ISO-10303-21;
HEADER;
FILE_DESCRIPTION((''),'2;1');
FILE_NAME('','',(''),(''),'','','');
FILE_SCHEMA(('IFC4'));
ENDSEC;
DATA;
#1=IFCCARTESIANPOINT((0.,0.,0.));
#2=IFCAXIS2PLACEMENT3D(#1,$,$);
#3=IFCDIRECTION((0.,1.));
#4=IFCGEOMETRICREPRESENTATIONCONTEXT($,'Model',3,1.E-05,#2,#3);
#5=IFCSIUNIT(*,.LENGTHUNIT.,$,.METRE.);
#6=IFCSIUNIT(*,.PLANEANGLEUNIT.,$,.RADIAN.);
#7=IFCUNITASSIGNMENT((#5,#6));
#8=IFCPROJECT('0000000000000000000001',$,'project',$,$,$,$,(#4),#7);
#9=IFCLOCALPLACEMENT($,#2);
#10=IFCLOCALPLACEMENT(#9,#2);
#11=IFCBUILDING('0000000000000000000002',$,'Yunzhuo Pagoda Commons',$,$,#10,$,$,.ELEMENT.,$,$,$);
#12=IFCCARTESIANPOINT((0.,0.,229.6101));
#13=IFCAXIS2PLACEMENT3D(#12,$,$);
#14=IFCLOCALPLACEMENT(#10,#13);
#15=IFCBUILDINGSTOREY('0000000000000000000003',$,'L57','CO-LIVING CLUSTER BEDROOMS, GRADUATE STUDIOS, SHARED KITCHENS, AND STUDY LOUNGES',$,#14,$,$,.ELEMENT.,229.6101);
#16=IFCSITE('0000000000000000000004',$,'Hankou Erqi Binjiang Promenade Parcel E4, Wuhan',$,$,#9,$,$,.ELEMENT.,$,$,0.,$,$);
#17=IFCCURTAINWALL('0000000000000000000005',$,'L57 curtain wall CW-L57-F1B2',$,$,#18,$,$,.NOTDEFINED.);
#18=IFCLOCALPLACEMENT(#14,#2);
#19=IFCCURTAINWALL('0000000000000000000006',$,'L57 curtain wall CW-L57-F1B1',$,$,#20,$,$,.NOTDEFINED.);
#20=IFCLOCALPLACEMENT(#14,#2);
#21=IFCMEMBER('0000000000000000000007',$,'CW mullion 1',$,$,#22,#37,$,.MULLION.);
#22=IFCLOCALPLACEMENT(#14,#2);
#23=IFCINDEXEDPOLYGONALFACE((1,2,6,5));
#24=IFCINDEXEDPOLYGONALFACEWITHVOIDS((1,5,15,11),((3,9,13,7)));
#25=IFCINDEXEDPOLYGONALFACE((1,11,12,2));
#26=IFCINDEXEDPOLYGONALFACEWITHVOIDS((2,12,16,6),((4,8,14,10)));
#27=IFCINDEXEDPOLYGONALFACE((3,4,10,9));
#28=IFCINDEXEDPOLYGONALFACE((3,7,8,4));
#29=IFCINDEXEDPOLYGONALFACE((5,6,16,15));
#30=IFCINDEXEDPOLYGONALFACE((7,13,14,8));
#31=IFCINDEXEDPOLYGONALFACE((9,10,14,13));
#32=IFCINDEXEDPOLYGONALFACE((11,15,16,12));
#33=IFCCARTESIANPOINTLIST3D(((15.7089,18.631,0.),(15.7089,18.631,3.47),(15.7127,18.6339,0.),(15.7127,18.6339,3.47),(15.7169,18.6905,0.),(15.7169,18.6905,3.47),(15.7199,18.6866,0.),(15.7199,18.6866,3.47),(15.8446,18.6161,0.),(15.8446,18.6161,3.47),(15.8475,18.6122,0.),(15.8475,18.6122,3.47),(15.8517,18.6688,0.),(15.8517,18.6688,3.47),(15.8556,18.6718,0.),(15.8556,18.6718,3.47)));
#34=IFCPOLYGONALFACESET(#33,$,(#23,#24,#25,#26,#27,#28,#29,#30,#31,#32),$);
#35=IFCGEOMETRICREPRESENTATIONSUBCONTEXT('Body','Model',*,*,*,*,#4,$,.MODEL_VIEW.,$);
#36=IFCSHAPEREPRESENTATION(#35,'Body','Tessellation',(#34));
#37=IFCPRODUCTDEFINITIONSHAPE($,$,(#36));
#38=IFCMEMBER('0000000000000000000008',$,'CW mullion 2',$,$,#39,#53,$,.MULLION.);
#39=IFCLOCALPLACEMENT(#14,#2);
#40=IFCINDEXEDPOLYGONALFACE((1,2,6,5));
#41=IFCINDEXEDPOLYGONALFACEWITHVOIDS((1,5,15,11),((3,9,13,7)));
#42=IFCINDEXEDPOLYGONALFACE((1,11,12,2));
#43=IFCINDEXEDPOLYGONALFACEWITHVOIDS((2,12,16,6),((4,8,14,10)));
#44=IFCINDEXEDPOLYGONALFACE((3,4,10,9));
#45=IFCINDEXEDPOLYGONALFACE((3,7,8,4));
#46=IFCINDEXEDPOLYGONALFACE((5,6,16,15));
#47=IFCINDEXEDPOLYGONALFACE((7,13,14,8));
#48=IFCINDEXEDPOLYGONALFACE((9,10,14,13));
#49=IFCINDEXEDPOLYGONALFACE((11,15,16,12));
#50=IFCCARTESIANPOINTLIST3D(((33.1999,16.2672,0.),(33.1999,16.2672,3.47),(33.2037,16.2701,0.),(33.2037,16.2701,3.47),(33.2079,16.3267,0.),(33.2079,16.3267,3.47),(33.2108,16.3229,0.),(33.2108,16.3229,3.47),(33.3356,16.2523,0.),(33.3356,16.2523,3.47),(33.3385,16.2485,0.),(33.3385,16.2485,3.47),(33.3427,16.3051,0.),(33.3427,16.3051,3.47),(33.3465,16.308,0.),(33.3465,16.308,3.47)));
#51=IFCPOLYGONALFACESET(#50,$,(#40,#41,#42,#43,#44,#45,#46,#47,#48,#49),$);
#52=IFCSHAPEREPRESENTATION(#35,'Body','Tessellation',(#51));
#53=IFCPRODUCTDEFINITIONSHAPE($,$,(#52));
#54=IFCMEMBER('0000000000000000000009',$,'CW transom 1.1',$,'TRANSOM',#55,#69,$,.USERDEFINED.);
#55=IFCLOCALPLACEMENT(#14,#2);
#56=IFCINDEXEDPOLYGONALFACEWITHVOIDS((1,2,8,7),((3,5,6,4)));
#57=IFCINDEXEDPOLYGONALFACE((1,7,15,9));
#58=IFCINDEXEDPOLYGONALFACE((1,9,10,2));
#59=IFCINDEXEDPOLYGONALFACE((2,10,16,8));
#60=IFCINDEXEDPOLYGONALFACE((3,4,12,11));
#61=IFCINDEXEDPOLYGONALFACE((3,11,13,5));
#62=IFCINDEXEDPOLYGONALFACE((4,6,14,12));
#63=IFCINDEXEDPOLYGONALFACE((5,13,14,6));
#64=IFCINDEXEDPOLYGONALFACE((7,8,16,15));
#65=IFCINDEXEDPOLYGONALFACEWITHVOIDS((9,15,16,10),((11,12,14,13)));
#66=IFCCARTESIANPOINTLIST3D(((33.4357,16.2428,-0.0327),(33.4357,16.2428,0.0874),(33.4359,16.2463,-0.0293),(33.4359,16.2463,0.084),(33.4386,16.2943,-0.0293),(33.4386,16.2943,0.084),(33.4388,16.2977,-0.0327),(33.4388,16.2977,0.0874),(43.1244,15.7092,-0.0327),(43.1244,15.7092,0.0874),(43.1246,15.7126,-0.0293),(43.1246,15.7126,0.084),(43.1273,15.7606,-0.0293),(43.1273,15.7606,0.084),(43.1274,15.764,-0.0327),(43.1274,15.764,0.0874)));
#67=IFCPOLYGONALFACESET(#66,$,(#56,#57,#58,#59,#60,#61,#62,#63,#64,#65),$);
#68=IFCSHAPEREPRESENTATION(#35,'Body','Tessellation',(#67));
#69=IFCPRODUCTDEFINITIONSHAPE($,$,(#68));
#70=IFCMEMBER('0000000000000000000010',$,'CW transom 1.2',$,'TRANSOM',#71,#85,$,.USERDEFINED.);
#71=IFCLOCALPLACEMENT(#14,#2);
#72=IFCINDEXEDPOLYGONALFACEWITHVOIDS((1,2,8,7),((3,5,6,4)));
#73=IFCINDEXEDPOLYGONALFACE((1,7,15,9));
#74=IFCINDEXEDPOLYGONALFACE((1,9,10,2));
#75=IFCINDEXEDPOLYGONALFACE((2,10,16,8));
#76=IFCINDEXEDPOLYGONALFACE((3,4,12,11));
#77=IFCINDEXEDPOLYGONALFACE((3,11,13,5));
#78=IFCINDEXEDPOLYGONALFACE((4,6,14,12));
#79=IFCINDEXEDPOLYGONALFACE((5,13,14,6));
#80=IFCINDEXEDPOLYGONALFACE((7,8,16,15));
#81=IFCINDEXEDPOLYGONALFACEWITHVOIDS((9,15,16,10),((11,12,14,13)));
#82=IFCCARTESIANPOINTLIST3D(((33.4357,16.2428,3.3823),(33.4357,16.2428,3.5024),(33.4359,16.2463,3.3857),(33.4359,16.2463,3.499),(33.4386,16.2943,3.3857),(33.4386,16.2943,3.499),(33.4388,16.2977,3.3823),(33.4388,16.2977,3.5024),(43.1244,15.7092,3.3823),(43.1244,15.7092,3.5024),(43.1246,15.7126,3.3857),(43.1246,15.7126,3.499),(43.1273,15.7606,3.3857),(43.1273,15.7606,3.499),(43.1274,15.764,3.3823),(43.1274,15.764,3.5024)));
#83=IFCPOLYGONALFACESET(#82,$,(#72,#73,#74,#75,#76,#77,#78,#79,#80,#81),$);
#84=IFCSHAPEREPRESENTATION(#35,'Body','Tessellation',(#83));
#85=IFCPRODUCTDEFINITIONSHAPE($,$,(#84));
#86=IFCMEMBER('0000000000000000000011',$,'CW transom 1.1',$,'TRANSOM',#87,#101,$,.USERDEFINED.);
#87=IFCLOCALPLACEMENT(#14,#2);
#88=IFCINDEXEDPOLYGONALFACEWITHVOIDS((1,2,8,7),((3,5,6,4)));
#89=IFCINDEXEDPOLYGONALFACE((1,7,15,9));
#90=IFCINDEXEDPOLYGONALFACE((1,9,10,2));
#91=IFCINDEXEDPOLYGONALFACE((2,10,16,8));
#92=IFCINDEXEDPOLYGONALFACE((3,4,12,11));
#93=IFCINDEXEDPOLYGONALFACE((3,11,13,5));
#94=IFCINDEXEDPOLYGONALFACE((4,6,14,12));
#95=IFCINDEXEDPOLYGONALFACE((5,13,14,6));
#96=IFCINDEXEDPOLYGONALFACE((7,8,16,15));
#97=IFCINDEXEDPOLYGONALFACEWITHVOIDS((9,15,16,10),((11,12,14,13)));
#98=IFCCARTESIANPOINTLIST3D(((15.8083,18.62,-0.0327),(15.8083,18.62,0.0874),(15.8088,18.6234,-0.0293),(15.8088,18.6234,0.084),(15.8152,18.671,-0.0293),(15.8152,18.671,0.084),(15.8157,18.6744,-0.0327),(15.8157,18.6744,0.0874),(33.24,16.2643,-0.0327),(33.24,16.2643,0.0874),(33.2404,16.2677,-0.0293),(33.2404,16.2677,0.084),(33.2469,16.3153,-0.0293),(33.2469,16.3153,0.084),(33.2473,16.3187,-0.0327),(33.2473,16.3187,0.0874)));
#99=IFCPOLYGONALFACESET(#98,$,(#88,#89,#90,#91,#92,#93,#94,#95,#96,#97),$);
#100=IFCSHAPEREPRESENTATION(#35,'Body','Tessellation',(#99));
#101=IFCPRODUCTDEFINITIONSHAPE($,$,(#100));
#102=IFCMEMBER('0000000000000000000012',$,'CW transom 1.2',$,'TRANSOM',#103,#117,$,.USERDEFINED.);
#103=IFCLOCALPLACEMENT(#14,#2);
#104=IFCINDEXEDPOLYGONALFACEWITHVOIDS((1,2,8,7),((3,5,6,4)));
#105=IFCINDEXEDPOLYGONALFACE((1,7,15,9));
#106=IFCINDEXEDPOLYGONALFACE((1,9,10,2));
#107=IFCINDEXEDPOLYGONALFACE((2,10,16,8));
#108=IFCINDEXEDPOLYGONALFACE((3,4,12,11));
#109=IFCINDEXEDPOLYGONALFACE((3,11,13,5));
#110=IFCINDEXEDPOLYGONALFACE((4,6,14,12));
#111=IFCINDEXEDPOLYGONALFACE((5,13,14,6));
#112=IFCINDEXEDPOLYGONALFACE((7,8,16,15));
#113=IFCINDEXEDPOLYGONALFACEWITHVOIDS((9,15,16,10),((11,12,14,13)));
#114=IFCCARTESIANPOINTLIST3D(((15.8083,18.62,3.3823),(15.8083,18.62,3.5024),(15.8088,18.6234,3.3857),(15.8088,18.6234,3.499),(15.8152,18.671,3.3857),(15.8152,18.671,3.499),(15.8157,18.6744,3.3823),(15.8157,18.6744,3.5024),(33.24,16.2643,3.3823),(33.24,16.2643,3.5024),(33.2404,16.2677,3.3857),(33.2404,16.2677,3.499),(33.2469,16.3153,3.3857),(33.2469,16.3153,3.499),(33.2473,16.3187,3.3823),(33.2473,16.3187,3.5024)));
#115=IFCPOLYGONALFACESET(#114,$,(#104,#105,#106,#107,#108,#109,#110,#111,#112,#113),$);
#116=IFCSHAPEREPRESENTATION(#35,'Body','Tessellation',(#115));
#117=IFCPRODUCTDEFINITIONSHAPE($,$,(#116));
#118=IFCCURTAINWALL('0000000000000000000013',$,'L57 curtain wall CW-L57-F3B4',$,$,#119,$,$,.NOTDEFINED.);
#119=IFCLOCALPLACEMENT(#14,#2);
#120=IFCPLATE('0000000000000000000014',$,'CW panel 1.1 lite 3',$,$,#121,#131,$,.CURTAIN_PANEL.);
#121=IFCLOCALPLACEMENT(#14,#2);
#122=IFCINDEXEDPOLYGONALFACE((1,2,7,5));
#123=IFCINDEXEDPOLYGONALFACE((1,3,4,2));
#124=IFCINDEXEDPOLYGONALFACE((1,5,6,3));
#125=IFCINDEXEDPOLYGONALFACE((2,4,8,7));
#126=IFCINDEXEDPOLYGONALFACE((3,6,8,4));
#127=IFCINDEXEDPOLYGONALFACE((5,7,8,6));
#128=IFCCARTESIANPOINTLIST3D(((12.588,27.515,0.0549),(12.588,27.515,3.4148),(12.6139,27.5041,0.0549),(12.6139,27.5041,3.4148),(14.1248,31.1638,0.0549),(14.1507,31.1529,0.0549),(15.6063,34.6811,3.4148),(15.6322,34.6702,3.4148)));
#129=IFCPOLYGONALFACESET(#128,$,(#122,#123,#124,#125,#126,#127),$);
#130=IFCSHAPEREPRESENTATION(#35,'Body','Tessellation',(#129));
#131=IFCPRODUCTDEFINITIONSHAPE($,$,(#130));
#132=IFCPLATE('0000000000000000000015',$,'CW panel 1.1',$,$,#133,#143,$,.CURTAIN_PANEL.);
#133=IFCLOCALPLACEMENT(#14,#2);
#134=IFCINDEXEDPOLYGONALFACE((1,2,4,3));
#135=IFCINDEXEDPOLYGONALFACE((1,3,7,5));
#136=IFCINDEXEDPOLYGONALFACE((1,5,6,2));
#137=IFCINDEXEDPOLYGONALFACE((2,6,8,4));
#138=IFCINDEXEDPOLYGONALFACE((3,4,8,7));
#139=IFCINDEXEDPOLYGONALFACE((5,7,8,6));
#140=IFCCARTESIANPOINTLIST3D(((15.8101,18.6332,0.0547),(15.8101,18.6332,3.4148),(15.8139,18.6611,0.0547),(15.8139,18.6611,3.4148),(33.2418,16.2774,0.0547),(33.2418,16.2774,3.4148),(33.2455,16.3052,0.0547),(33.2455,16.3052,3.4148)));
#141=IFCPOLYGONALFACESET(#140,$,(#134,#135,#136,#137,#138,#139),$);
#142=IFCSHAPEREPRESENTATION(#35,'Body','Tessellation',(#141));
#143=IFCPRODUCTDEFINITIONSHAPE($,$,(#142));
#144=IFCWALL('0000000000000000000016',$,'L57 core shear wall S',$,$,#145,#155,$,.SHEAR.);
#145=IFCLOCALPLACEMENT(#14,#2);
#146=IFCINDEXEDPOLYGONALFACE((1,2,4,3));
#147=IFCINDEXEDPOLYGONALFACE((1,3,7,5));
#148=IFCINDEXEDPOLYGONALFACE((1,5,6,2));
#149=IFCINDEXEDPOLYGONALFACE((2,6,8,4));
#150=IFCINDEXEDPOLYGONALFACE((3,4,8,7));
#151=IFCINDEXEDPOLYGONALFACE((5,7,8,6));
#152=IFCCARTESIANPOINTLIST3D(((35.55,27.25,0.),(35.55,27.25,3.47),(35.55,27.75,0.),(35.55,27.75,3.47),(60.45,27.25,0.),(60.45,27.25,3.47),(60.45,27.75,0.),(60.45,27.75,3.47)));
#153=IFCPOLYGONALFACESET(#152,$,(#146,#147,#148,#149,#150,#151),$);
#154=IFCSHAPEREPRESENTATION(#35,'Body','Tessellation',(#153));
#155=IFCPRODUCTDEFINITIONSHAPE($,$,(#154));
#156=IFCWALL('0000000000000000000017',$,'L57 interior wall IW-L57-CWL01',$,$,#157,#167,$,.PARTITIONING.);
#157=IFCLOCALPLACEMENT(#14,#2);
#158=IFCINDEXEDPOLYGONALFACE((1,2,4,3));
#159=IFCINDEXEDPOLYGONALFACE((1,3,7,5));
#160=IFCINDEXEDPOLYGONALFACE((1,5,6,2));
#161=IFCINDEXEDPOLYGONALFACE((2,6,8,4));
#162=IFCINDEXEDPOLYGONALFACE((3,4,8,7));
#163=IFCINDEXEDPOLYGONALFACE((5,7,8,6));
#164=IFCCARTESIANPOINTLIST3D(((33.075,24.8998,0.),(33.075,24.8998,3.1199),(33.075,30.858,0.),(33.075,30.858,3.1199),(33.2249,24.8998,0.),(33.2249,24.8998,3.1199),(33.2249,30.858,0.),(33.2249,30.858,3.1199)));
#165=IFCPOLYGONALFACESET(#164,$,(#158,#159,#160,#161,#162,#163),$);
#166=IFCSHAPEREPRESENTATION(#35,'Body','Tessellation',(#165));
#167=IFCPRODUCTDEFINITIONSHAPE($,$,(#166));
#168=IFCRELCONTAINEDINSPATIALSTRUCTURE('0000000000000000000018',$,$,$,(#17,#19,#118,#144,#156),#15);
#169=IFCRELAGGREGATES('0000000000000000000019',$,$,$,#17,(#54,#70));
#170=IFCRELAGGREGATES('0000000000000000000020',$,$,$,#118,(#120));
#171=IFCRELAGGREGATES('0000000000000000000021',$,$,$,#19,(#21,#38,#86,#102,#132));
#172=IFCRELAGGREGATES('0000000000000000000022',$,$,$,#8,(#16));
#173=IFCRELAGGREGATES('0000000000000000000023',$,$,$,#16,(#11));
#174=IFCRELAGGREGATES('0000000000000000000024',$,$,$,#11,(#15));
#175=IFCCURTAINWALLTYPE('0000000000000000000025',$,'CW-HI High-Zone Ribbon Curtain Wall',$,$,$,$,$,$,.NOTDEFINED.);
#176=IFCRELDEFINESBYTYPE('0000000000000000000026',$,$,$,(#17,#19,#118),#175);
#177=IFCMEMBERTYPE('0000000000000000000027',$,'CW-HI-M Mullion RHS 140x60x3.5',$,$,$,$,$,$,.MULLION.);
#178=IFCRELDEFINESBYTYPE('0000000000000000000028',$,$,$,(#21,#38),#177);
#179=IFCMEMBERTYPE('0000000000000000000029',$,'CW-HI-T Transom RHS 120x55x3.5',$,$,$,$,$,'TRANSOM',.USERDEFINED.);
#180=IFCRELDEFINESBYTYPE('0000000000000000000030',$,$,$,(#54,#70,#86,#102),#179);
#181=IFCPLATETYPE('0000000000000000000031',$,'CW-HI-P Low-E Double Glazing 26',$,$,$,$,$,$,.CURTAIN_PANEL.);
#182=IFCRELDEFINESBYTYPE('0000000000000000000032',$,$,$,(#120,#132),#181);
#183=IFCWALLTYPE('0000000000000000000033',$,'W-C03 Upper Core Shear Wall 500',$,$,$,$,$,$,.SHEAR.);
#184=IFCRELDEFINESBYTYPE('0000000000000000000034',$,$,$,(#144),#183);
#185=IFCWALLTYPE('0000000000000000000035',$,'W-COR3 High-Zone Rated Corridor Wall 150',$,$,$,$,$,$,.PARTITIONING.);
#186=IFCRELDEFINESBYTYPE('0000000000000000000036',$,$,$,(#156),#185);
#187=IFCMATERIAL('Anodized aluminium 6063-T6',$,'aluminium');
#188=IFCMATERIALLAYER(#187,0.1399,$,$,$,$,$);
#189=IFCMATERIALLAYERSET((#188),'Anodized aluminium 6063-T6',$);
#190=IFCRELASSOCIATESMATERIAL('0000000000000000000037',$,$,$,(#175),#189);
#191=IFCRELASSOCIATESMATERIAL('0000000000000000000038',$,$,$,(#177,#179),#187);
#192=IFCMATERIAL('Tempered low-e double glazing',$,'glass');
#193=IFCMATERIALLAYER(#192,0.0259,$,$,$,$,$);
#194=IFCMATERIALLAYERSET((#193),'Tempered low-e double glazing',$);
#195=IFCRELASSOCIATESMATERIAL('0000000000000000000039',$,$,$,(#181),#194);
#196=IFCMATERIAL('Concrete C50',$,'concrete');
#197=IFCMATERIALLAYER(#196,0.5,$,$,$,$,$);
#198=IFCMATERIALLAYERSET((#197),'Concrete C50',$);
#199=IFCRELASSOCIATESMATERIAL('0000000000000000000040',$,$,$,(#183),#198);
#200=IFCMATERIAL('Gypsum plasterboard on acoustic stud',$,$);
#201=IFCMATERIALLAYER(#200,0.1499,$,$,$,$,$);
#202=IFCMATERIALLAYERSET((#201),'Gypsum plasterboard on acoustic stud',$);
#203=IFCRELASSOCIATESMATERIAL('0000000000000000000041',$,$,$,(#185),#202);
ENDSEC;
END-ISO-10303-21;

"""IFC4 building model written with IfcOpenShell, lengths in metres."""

from ifc_helpers import new_model, si_unit, direction, frame, frame_2d, origin, origin_2d, place, context, subcontext, project, spatial, polyline, rectangle, hollow_rectangle, outline, extrude, source, transform, mapped, material, layer, layer_set, material_profile, profile_set, type_object, element, aggregate, save


model = new_model("IFC4")

# Units and contexts
model_context = context("Model", 3, precision=1e-05, world=origin(), true_north=direction((0.0, 1.0)))
body_context = subcontext(model_context, "Body", "Model", "MODEL_VIEW")
ifc_project = project(units=[si_unit("LENGTHUNIT", "METRE"), si_unit("PLANEANGLEUNIT", "RADIAN")], contexts=[model_context])

# Site, building, storey
site_placement = place(None, origin())
site = spatial("IfcSite", under=ifc_project, at=site_placement, Name="Hankou Erqi Binjiang Promenade Parcel E4, Wuhan", CompositionType="ELEMENT", RefElevation=0.0)
building_placement = place(site_placement, origin())
building = spatial("IfcBuilding", under=site, at=building_placement, Name="Yunzhuo Pagoda Commons", CompositionType="ELEMENT")
storey_placement = place(building_placement, frame((0.0, 0.0, 229.6101)))
storey = spatial("IfcBuildingStorey", under=building, at=storey_placement, Name="L57", Description="CO-LIVING CLUSTER BEDROOMS, GRADUATE STUDIOS, SHARED KITCHENS, AND STUDY LOUNGES", CompositionType="ELEMENT", Elevation=229.6101)

# Curtain wall
ifc_material_1 = material(Name="Anodized aluminium 6063-T6", Category="aluminium")
ifc_layer_1 = layer(ifc_material_1, 0.1399)
ifc_layer_set_1 = layer_set([ifc_layer_1], Name="Anodized aluminium 6063-T6")
curtain_wall_type = type_object("IfcCurtainWallType", Name="CW-HI High-Zone Ribbon Curtain Wall", PredefinedType="NOTDEFINED", material=ifc_layer_set_1)
curtain_wall_1_placement = place(storey_placement, origin())
curtain_wall_1 = element("IfcCurtainWall", 1, at=curtain_wall_1_placement, inside=storey, type_object=curtain_wall_type, Name="L57 curtain wall CW-L57-F1B2", PredefinedType="NOTDEFINED")
ifc_material_profile_1 = material_profile(ifc_material_1, hollow_rectangle(XDim=0.0601, YDim=0.1399, WallThickness=0.0034, at=origin_2d()), Name="Anodized aluminium 6063-T6")
ifc_profile_set_1 = profile_set([ifc_material_profile_1], Name="Anodized aluminium 6063-T6")
member_type_1 = type_object("IfcMemberType", Name="CW-HI-M Mullion RHS 140x60x3.5", PredefinedType="MULLION", material=ifc_profile_set_1)
shared_shape_1 = source(origin(), body_context, "Body", "SweptSolid", [
    extrude(hollow_rectangle(XDim=0.0601, YDim=0.1399, WallThickness=0.0034, at=origin_2d()), origin(), (0.0, 0.0, 1.0), 3.47),
])

# Curtain wall, members
curtain_wall_2_placement = place(storey_placement, origin())
curtain_wall_2 = element("IfcCurtainWall", 2, at=curtain_wall_2_placement, inside=storey, type_object=curtain_wall_type, Name="L57 curtain wall CW-L57-F1B1", PredefinedType="NOTDEFINED")
member_1_placement = place(storey_placement, frame((15.7822, 18.6514, 0.0), z_axis=(0.0, 0.0, 1.0), x_axis=(0.13393, 0.990991, 0.0)))
member_1 = element("IfcMember", 3, at=member_1_placement, type_object=member_type_1, Name="CW mullion 1", PredefinedType="MULLION", context=body_context, shape_type="MappedRepresentation", body=[
    mapped(shared_shape_1, transform((0.0, 0.0, 0.0), scale=1.0)),
])
member_2_placement = place(storey_placement, frame((33.2732, 16.2876, 0.0), z_axis=(0.0, 0.0, 1.0), x_axis=(0.13393, 0.990991, 0.0)))
member_2 = element("IfcMember", 4, at=member_2_placement, type_object=member_type_1, Name="CW mullion 2", PredefinedType="MULLION", context=body_context, shape_type="MappedRepresentation", body=[
    mapped(shared_shape_1, transform((0.0, 0.0, 0.0), scale=1.0)),
])

# Members
ifc_material_profile_2 = material_profile(ifc_material_1, hollow_rectangle(XDim=0.0549, YDim=0.1201, WallThickness=0.0034, at=origin_2d()), Name="Anodized aluminium 6063-T6")
ifc_profile_set_2 = profile_set([ifc_material_profile_2], Name="Anodized aluminium 6063-T6")
member_type_2 = type_object("IfcMemberType", Name="CW-HI-T Transom RHS 120x55x3.5", ElementType="TRANSOM", PredefinedType="USERDEFINED", material=ifc_profile_set_2)
shared_shape_2 = source(origin(), body_context, "Body", "SweptSolid", [
    extrude(hollow_rectangle(XDim=0.0549, YDim=0.1201, WallThickness=0.0034, at=origin_2d()), origin(), (0.0, 0.0, 1.0), 9.7034),
])
member_3_placement = place(storey_placement, frame((33.4373, 16.2703, 0.0273), z_axis=(0.998486, -0.055, 0.0), x_axis=(0.055, 0.998486, 0.0)))
member_3 = element("IfcMember", 5, at=member_3_placement, type_object=member_type_2, Name="CW transom 1.1", ObjectType="TRANSOM", PredefinedType="USERDEFINED", context=body_context, shape_type="MappedRepresentation", body=[
    mapped(shared_shape_2, transform((0.0, 0.0, 0.0), scale=1.0)),
])
member_4_placement = place(storey_placement, frame((33.4373, 16.2703, 3.4424), z_axis=(0.998486, -0.055, 0.0), x_axis=(0.055, 0.998486, 0.0)))
member_4 = element("IfcMember", 6, at=member_4_placement, type_object=member_type_2, Name="CW transom 1.2", ObjectType="TRANSOM", PredefinedType="USERDEFINED", context=body_context, shape_type="MappedRepresentation", body=[
    mapped(shared_shape_2, transform((0.0, 0.0, 0.0), scale=1.0)),
])
aggregate(curtain_wall_1, [member_3, member_4])
shared_shape_3 = source(origin(), body_context, "Body", "SweptSolid", [
    extrude(hollow_rectangle(XDim=0.0549, YDim=0.1201, WallThickness=0.0034, at=origin_2d()), origin(), (0.0, 0.0, 1.0), 17.5901),
])
member_5_placement = place(storey_placement, frame((15.812, 18.6472, 0.0273), z_axis=(0.990992, -0.133923, 0.0), x_axis=(0.133923, 0.990992, 0.0)))
member_5 = element("IfcMember", 7, at=member_5_placement, type_object=member_type_2, Name="CW transom 1.1", ObjectType="TRANSOM", PredefinedType="USERDEFINED", context=body_context, shape_type="MappedRepresentation", body=[
    mapped(shared_shape_3, transform((0.0, 0.0, 0.0), scale=1.0)),
])
member_6_placement = place(storey_placement, frame((15.812, 18.6472, 3.4424), z_axis=(0.990992, -0.133923, 0.0), x_axis=(0.133923, 0.990992, 0.0)))
member_6 = element("IfcMember", 8, at=member_6_placement, type_object=member_type_2, Name="CW transom 1.2", ObjectType="TRANSOM", PredefinedType="USERDEFINED", context=body_context, shape_type="MappedRepresentation", body=[
    mapped(shared_shape_3, transform((0.0, 0.0, 0.0), scale=1.0)),
])

# Curtain wall, plate
curtain_wall_3_placement = place(storey_placement, origin())
curtain_wall_3 = element("IfcCurtainWall", 9, at=curtain_wall_3_placement, inside=storey, type_object=curtain_wall_type, Name="L57 curtain wall CW-L57-F3B4", PredefinedType="NOTDEFINED")
ifc_material_2 = material(Name="Tempered low-e double glazing", Category="glass")
ifc_layer_2 = layer(ifc_material_2, 0.0259)
ifc_layer_set_2 = layer_set([ifc_layer_2], Name="Tempered low-e double glazing")
plate_type = type_object("IfcPlateType", Name="CW-HI-P Low-E Double Glazing 26", PredefinedType="CURTAIN_PANEL", material=ifc_layer_set_2)
plate_1_placement = place(storey_placement, frame((14.123, 31.0872, 1.7349), z_axis=(-0.921589, 0.388167, 0.0), x_axis=(-0.388167, -0.921589, 0.0)))
plate_1 = element("IfcPlate", 10, at=plate_1_placement, type_object=plate_type, Name="CW panel 1.1 lite 3", PredefinedType="CURTAIN_PANEL", context=body_context, shape_type="SweptSolid", body=[
    extrude(outline(polyline([(-3.8879, 1.6799), (-0.0713, -1.6799), (3.8879, -1.6799), (3.8879, 1.6799), (-3.8879, 1.6799)])), origin(), (0.0, 0.0, 1.0), 0.0281),
])
aggregate(curtain_wall_3, [plate_1])

# Plate
shared_shape_4 = source(origin(), body_context, "Body", "SweptSolid", [
    extrude(rectangle(XDim=17.5901, YDim=0.0281, at=origin_2d()), origin(), (0.0, 0.0, 1.0), 3.3601),
])
plate_2_placement = place(storey_placement, frame((24.5278, 17.4692, 0.0547), z_axis=(0.0, 0.0, 1.0), x_axis=(0.990991, -0.13393, 0.0)))
plate_2 = element("IfcPlate", 11, at=plate_2_placement, type_object=plate_type, Name="CW panel 1.1", PredefinedType="CURTAIN_PANEL", context=body_context, shape_type="MappedRepresentation", body=[
    mapped(shared_shape_4, transform((0.0, 0.0, 0.0), scale=1.0)),
])
aggregate(curtain_wall_2, [member_1, member_2, member_5, member_6, plate_2])

# Walls
ifc_material_3 = material(Name="Concrete C50", Category="concrete")
ifc_layer_3 = layer(ifc_material_3, 0.5)
ifc_layer_set_3 = layer_set([ifc_layer_3], Name="Concrete C50")
wall_type_1 = type_object("IfcWallType", Name="W-C03 Upper Core Shear Wall 500", PredefinedType="SHEAR", material=ifc_layer_set_3)
wall_1_placement = place(storey_placement, frame((35.55, 27.5, 0.0), z_axis=(0.0, 0.0, 1.0), x_axis=(1.0, 0.0, 0.0)))
element("IfcWall", 12, at=wall_1_placement, inside=storey, type_object=wall_type_1, Name="L57 core shear wall S", PredefinedType="SHEAR", context=body_context, shape_type="SweptSolid", body=[
    extrude(rectangle(XDim=24.8999, YDim=0.5, at=frame_2d((12.45, 0.0))), origin(), (0.0, 0.0, 1.0), 3.47),
])
ifc_material_4 = material(Name="Gypsum plasterboard on acoustic stud")
ifc_layer_4 = layer(ifc_material_4, 0.1499)
ifc_layer_set_4 = layer_set([ifc_layer_4], Name="Gypsum plasterboard on acoustic stud")
wall_type_2 = type_object("IfcWallType", Name="W-COR3 High-Zone Rated Corridor Wall 150", PredefinedType="PARTITIONING", material=ifc_layer_set_4)
wall_2_placement = place(storey_placement, frame((33.1499, 24.8999, 0.0), z_axis=(0.0, 0.0, 1.0), x_axis=(0.0, 1.0, 0.0)))
element("IfcWall", 13, at=wall_2_placement, inside=storey, type_object=wall_type_2, Name="L57 interior wall IW-L57-CWL01", PredefinedType="PARTITIONING", context=body_context, shape_type="SweptSolid", body=[
    extrude(rectangle(XDim=5.9583, YDim=0.1499, at=frame_2d((2.979, 0.0))), origin(), (0.0, 0.0, 1.0), 3.1199),
])

save(model, "model.ifc")
